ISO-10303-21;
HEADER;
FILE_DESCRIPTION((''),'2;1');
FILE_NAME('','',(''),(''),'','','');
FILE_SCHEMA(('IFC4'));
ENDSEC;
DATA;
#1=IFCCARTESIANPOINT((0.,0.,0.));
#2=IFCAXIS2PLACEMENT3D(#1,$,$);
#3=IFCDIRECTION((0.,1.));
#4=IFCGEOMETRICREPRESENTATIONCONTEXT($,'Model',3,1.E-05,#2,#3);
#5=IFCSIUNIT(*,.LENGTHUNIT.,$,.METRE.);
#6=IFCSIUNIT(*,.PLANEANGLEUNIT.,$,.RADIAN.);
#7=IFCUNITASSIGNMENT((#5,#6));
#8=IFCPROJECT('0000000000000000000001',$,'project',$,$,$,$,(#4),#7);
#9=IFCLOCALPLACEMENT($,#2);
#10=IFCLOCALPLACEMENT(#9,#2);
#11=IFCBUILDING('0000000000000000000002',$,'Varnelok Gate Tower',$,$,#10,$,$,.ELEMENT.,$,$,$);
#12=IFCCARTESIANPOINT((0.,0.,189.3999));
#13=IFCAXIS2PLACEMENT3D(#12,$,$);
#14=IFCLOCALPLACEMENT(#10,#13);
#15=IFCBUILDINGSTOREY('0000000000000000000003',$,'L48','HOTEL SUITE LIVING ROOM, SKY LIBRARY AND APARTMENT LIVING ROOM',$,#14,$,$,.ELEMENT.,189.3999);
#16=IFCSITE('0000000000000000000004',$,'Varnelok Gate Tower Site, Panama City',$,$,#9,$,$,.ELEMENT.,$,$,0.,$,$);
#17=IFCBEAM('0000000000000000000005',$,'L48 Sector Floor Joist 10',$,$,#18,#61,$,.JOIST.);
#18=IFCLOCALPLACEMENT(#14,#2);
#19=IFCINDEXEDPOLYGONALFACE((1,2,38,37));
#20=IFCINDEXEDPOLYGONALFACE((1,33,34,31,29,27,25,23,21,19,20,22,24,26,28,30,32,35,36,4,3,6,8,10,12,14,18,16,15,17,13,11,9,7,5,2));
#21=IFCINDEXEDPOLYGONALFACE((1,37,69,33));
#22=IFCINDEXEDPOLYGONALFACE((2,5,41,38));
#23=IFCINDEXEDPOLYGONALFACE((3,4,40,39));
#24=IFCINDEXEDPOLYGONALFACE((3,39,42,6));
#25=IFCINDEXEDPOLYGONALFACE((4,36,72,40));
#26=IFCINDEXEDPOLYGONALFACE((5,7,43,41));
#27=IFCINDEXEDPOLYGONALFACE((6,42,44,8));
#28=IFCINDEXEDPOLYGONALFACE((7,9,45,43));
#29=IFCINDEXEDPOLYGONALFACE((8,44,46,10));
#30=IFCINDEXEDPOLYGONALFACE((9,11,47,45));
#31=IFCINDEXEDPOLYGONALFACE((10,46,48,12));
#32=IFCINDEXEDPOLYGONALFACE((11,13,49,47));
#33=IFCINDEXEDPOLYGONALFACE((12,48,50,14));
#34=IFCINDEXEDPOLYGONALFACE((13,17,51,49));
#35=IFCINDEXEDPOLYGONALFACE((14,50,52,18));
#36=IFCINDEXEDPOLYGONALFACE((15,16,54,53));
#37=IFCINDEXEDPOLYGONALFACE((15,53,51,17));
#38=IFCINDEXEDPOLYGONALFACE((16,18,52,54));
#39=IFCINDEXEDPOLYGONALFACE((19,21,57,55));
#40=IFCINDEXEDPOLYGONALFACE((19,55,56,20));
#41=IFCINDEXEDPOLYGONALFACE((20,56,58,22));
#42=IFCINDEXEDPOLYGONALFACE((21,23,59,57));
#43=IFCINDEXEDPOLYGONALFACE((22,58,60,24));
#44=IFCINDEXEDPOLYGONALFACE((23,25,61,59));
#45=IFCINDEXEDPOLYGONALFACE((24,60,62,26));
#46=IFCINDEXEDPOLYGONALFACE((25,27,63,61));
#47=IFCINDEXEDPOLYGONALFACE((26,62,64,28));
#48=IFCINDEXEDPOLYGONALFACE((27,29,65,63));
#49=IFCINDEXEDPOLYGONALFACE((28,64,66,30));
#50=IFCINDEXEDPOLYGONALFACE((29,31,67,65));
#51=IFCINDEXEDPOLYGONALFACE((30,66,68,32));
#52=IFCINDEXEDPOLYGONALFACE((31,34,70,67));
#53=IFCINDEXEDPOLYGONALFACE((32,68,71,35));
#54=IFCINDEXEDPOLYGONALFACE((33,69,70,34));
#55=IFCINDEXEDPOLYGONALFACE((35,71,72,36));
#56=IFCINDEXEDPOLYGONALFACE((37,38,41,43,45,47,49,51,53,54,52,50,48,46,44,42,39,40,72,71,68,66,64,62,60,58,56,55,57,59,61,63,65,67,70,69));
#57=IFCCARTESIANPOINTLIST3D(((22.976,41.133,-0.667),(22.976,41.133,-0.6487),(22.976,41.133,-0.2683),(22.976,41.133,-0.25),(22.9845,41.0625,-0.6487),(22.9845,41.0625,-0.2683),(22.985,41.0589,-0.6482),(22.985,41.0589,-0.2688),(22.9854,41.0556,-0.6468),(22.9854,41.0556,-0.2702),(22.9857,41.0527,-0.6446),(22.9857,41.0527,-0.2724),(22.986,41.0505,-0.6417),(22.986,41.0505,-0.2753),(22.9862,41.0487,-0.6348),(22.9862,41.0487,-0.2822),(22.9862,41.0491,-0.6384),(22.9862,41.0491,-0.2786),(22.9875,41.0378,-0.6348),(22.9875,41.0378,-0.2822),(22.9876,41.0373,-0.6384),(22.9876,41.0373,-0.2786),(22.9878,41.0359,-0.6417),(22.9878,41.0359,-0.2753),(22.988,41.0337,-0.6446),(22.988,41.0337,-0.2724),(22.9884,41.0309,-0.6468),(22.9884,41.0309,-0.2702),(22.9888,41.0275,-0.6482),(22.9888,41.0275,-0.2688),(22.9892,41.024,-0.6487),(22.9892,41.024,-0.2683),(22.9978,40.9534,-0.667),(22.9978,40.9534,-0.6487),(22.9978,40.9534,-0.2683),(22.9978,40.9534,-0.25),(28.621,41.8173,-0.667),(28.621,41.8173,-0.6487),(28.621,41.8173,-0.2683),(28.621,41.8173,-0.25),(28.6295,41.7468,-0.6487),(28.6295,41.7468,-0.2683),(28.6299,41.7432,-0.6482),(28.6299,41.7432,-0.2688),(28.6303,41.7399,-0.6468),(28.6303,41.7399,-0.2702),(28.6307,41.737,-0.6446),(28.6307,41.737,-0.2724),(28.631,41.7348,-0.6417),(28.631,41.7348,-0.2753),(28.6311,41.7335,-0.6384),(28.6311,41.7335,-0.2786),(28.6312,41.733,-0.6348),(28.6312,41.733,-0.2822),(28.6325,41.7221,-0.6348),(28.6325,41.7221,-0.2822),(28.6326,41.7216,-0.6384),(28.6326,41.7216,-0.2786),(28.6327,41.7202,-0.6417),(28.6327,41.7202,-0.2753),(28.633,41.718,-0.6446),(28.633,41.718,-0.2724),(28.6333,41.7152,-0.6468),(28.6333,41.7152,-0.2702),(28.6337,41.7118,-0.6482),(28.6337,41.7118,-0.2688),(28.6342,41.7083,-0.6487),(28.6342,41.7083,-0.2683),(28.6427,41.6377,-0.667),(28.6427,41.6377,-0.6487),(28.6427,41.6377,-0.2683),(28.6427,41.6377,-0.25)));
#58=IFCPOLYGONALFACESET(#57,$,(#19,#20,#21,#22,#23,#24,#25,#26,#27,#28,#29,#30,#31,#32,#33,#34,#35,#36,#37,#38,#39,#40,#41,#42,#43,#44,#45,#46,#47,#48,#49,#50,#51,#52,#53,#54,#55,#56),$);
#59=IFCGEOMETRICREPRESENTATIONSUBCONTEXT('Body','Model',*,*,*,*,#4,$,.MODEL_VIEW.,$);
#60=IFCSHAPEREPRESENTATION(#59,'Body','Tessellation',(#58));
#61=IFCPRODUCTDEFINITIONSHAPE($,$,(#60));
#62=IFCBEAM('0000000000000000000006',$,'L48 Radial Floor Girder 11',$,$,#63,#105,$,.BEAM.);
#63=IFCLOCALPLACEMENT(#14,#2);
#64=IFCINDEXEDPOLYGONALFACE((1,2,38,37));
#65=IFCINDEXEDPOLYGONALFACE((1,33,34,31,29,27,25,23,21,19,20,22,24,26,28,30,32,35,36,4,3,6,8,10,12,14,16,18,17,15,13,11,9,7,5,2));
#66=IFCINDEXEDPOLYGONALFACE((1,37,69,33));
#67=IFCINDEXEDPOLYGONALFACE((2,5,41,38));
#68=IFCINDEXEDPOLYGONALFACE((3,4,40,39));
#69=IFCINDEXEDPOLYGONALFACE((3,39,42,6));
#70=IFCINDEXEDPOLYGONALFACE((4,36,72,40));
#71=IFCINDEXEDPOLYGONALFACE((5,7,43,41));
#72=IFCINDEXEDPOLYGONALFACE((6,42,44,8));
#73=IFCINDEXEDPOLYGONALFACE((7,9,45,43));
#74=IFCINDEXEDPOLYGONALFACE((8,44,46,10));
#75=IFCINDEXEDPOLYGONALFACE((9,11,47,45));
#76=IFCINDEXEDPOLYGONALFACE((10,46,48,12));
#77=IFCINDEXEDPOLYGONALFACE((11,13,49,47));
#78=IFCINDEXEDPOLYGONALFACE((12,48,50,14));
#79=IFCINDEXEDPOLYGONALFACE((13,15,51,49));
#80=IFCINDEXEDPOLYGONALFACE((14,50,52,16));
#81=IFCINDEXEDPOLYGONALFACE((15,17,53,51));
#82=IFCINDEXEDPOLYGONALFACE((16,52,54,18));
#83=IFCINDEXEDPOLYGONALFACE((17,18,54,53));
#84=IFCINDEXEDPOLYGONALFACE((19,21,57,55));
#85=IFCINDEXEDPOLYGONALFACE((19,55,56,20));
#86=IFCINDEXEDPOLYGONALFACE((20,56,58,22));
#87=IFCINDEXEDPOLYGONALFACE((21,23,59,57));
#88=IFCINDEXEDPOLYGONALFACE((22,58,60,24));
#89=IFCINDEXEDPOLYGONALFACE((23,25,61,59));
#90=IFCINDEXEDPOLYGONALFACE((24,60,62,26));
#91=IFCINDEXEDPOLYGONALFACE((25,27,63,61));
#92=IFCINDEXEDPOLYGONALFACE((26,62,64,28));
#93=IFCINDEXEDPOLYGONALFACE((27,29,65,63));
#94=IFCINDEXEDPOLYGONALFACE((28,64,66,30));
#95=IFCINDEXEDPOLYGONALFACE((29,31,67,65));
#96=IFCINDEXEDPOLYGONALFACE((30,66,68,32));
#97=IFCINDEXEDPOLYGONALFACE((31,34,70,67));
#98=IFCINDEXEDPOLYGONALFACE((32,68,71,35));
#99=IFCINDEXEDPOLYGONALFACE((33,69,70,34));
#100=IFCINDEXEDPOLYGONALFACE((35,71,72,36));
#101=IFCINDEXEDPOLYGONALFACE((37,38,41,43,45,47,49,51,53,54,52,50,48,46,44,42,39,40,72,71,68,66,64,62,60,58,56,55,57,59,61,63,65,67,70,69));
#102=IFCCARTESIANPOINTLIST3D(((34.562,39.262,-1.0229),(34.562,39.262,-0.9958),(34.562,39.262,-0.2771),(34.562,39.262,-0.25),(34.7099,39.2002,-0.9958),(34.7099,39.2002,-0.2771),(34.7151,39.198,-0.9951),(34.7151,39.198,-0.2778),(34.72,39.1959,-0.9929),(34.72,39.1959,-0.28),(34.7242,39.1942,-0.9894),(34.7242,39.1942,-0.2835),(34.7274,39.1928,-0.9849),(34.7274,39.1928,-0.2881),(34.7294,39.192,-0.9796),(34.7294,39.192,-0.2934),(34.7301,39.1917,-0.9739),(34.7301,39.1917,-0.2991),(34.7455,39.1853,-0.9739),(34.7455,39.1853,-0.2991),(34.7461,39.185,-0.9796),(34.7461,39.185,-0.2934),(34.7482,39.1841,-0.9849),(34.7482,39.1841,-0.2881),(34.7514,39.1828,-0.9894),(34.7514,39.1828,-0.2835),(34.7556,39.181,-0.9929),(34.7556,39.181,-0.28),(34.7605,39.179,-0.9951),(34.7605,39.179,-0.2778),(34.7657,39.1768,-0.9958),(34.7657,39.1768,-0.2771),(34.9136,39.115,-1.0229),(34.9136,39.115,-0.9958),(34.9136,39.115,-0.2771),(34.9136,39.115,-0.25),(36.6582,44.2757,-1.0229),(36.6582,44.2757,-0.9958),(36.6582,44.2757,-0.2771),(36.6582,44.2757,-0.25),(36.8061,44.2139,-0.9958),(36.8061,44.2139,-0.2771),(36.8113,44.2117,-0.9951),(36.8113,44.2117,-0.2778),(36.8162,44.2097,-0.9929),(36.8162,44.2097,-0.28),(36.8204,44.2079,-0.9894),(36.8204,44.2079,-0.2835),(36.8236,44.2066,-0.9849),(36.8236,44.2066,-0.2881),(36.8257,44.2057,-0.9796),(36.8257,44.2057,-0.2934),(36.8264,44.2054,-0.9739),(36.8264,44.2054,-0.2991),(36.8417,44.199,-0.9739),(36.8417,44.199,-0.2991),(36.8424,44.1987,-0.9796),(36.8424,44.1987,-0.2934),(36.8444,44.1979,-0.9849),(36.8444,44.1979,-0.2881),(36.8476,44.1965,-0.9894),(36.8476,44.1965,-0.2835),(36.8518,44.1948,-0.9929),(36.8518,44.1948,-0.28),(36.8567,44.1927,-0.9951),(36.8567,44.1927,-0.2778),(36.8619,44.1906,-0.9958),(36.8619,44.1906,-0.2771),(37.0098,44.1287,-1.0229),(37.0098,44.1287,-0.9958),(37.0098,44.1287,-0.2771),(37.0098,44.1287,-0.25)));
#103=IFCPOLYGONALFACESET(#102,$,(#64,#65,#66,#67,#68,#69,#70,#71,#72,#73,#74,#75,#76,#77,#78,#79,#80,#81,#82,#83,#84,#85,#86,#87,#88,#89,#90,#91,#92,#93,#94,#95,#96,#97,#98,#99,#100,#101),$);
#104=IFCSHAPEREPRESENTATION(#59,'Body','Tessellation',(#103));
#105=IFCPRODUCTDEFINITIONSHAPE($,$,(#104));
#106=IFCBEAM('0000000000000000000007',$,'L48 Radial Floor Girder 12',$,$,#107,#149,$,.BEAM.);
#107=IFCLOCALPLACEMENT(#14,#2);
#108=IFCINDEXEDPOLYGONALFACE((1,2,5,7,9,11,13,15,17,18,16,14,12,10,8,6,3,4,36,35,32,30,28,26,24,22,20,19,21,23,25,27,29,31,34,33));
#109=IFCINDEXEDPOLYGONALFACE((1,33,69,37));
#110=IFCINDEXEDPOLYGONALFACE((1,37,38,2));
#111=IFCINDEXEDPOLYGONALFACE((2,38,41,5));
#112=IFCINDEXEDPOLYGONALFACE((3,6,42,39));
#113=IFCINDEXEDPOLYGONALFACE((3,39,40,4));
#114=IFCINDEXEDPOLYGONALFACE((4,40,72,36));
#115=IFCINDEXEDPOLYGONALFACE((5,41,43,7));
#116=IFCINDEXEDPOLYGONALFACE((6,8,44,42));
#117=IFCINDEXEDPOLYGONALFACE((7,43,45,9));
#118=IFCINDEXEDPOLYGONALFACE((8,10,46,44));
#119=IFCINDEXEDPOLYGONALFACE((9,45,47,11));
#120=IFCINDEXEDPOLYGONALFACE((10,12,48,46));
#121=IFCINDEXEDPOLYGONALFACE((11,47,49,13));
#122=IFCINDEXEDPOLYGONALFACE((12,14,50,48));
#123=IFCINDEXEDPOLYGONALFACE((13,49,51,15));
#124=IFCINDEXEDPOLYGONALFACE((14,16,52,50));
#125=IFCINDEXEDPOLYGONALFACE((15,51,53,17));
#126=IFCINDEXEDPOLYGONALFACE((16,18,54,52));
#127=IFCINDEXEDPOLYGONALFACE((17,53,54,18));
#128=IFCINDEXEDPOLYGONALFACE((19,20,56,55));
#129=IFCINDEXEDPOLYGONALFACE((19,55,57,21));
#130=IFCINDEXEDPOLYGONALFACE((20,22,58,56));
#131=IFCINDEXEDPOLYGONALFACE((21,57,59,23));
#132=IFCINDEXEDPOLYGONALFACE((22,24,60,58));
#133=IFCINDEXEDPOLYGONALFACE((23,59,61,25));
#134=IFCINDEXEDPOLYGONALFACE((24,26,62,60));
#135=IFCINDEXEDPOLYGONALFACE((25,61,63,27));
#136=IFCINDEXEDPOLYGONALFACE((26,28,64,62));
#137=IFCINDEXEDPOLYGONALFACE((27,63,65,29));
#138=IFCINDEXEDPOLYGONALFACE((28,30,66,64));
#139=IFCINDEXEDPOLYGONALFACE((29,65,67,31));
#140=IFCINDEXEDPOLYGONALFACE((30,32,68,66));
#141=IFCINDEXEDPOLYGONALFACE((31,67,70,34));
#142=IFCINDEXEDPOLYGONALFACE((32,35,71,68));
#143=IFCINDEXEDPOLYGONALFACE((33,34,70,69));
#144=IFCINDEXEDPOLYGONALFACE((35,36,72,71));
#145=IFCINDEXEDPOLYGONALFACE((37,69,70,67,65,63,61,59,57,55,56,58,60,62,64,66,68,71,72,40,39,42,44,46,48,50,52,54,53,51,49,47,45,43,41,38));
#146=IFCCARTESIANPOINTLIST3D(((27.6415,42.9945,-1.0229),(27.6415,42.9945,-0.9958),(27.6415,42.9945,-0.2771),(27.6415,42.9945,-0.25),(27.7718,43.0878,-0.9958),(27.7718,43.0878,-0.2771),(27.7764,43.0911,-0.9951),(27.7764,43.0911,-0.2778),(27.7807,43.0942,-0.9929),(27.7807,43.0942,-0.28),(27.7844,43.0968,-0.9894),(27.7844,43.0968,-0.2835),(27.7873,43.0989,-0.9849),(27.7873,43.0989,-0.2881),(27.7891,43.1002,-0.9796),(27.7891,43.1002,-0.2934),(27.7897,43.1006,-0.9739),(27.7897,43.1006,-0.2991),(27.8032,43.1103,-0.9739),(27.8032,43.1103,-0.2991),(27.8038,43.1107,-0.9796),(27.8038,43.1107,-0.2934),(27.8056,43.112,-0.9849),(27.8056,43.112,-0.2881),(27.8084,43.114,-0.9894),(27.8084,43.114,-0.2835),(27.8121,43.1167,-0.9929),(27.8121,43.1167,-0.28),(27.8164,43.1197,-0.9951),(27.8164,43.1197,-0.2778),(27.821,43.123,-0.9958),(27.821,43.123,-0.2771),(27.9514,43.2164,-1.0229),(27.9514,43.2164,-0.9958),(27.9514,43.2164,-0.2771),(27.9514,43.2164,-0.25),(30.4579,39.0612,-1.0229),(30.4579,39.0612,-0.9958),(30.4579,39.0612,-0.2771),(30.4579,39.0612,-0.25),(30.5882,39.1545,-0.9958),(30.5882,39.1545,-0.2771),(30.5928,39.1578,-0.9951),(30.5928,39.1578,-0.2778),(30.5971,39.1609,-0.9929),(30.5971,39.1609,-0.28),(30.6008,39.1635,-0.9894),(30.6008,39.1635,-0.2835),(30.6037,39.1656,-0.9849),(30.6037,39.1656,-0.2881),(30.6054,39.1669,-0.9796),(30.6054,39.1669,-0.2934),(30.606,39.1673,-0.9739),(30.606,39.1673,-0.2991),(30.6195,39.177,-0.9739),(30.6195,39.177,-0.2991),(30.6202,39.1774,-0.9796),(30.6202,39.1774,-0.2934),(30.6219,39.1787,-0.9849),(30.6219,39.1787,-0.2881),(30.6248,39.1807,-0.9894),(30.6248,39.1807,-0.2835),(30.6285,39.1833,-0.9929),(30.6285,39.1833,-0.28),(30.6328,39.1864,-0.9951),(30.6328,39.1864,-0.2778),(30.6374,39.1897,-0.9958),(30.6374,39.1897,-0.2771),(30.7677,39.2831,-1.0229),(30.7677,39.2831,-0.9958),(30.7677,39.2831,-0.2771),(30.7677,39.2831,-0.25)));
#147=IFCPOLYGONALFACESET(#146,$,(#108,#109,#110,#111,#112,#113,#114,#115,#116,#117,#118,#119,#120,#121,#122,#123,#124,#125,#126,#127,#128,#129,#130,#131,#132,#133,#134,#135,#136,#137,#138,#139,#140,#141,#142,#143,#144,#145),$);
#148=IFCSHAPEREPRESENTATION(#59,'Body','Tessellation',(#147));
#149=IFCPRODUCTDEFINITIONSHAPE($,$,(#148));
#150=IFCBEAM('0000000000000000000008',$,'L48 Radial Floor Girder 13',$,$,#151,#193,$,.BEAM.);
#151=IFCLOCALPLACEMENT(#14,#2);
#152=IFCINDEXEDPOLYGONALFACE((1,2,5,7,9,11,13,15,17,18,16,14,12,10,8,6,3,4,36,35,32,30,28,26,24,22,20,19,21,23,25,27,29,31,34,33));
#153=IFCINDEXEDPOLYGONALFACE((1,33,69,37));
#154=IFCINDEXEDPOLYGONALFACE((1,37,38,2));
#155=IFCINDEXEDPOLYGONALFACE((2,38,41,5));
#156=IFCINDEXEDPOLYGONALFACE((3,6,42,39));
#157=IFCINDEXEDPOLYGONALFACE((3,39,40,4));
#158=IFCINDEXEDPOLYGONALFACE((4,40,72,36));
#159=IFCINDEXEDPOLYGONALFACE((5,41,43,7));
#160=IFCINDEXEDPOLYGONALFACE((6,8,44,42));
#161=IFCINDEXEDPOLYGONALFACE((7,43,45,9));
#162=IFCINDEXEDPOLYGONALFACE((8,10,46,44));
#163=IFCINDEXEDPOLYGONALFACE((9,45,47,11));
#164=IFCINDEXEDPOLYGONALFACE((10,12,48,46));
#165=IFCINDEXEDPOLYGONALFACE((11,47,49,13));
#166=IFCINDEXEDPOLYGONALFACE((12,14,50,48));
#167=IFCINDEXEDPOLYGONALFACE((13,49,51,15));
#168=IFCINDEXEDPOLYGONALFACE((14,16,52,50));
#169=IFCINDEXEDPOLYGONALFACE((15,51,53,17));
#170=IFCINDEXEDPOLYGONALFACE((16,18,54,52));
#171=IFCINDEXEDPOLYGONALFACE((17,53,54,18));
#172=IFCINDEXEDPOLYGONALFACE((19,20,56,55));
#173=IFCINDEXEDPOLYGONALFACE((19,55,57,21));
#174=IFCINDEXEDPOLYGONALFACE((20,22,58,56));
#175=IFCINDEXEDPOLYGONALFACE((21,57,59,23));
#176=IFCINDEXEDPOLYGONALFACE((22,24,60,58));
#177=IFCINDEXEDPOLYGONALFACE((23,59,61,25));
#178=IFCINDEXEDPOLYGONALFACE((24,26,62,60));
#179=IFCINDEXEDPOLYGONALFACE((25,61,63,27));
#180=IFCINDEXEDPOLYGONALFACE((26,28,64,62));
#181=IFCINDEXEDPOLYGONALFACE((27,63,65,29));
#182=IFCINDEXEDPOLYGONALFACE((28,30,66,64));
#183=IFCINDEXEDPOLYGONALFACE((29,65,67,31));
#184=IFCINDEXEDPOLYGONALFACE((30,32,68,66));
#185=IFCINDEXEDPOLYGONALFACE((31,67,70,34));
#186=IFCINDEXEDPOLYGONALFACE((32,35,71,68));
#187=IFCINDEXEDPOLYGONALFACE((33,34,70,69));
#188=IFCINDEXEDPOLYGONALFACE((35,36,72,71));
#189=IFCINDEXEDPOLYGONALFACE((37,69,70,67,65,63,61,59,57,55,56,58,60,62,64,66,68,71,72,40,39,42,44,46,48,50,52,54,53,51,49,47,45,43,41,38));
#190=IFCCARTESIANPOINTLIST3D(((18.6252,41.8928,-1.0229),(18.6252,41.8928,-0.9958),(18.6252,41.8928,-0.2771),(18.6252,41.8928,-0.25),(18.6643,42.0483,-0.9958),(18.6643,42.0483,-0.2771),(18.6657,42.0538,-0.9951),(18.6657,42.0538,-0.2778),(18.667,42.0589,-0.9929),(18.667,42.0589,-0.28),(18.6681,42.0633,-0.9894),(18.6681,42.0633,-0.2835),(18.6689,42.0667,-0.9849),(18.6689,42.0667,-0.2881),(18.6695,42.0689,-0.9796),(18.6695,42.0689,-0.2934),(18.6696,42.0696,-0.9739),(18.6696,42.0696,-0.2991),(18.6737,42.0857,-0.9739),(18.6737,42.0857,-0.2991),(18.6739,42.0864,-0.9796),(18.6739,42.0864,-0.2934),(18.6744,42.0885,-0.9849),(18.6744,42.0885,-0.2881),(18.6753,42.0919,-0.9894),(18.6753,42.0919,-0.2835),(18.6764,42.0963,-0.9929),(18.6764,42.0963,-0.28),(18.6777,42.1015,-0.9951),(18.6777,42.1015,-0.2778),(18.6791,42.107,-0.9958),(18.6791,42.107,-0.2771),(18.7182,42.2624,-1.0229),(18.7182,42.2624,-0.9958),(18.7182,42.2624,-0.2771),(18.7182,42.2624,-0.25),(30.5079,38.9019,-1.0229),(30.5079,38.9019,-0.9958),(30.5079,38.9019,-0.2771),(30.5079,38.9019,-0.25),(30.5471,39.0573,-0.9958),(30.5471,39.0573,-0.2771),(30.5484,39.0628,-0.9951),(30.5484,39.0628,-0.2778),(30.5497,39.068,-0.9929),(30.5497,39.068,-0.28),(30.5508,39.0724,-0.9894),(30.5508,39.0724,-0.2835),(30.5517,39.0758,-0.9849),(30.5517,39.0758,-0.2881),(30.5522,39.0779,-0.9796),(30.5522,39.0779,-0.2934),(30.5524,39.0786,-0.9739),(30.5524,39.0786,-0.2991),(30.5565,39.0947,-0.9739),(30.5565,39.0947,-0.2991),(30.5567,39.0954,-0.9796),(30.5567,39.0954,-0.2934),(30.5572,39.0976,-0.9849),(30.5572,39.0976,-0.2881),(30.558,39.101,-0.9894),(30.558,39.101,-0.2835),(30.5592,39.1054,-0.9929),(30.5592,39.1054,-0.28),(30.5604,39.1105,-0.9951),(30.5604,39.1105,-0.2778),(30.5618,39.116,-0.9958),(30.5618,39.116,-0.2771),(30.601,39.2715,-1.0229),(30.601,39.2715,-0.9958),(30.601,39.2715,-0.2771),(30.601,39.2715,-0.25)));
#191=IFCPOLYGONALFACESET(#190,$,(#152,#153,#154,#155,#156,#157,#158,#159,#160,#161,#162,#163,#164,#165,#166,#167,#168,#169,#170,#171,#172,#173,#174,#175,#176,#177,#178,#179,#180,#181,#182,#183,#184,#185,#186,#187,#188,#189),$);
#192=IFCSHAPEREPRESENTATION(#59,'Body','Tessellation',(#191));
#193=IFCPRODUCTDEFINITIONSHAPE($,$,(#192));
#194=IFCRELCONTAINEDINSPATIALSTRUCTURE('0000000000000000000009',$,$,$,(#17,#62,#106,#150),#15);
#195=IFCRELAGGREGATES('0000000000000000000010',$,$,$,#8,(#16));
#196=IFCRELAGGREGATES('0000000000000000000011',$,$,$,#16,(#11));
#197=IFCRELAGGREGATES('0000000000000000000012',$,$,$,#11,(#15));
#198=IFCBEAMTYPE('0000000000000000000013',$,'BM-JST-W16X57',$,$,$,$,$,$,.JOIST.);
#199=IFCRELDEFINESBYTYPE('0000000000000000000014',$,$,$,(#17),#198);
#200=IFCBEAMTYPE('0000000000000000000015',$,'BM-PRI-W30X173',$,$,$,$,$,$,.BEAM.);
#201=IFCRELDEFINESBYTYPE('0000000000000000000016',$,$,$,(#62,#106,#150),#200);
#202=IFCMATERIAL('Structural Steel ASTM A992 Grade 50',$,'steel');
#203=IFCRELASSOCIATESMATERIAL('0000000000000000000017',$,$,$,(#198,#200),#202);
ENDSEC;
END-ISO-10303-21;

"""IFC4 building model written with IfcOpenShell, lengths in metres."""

from ifc_helpers import new_model, si_unit, direction, frame, origin, origin_2d, place, context, subcontext, project, spatial, i_section, extrude, material, material_profile, profile_set, type_object, element, save


model = new_model("IFC4")

# Units and contexts
model_context = context("Model", 3, precision=1e-05, world=origin(), true_north=direction((0.0, 1.0)))
body_context = subcontext(model_context, "Body", "Model", "MODEL_VIEW")
ifc_project = project(units=[si_unit("LENGTHUNIT", "METRE"), si_unit("PLANEANGLEUNIT", "RADIAN")], contexts=[model_context])

# Site, building, storey
site_placement = place(None, origin())
site = spatial("IfcSite", under=ifc_project, at=site_placement, Name="Varnelok Gate Tower Site, Panama City", CompositionType="ELEMENT", RefElevation=0.0)
building_placement = place(site_placement, origin())
building = spatial("IfcBuilding", under=site, at=building_placement, Name="Varnelok Gate Tower", CompositionType="ELEMENT")
storey_placement = place(building_placement, frame((0.0, 0.0, 189.3999)))
storey = spatial("IfcBuildingStorey", under=building, at=storey_placement, Name="L48", Description="HOTEL SUITE LIVING ROOM, SKY LIBRARY AND APARTMENT LIVING ROOM", CompositionType="ELEMENT", Elevation=189.3999)

# Shared definitions
ifc_material_1 = material(Name="Structural Steel ASTM A992 Grade 50", Category="steel")

# Beams
ifc_material_profile_1 = material_profile(ifc_material_1, i_section(OverallWidth=0.1809, OverallDepth=0.417, WebThickness=0.011, FlangeThickness=0.0183, FilletRadius=0.0139, at=origin_2d()), Name="W16X57")
ifc_profile_set_1 = profile_set([ifc_material_profile_1], Name="Structural Steel ASTM A992 Grade 50")
beam_type_1 = type_object("IfcBeamType", Name="BM-JST-W16X57", PredefinedType="JOIST", material=ifc_profile_set_1)
beam_1_placement = place(storey_placement, frame((28.6318, 41.7275, -0.4585), z_axis=(-0.992732, -0.120345, 0.0), x_axis=(0.120345, -0.992732, 0.0)))
element("IfcBeam", 1, at=beam_1_placement, inside=storey, type_object=beam_type_1, Name="L48 Sector Floor Joist 10", PredefinedType="JOIST", context=body_context, shape_type="SweptSolid", body=[
    extrude(i_section(OverallWidth=0.1809, OverallDepth=0.417, WebThickness=0.011, FlangeThickness=0.0183, FilletRadius=0.0139, at=origin_2d()), origin(), (0.0, 0.0, 1.0), 5.6863),
])
ifc_material_profile_2 = material_profile(ifc_material_1, i_section(OverallWidth=0.3811, OverallDepth=0.7729, WebThickness=0.0166, FlangeThickness=0.0271, FilletRadius=0.022, at=origin_2d()), Name="W30X173")
ifc_profile_set_2 = profile_set([ifc_material_profile_2], Name="Structural Steel ASTM A992 Grade 50")
beam_type_2 = type_object("IfcBeamType", Name="BM-PRI-W30X173", PredefinedType="BEAM", material=ifc_profile_set_2)
beam_2_placement = place(storey_placement, frame((34.7378, 39.1885, -0.6365), z_axis=(0.385738, 0.922608, 0.0), x_axis=(-0.922608, 0.385738, 0.0)))
element("IfcBeam", 2, at=beam_2_placement, inside=storey, type_object=beam_type_2, Name="L48 Radial Floor Girder 11", PredefinedType="BEAM", context=body_context, shape_type="SweptSolid", body=[
    extrude(i_section(OverallWidth=0.3811, OverallDepth=0.7729, WebThickness=0.0166, FlangeThickness=0.0271, FilletRadius=0.022, at=origin_2d()), origin(), (0.0, 0.0, 1.0), 5.4343),
])
beam_3_placement = place(storey_placement, frame((30.6128, 39.1721, -0.6365), z_axis=(-0.582178, 0.813061, 0.0), x_axis=(-0.813061, -0.582178, 0.0)))
element("IfcBeam", 3, at=beam_3_placement, inside=storey, type_object=beam_type_2, Name="L48 Radial Floor Girder 12", PredefinedType="BEAM", context=body_context, shape_type="SweptSolid", body=[
    extrude(i_section(OverallWidth=0.3811, OverallDepth=0.7729, WebThickness=0.0166, FlangeThickness=0.0271, FilletRadius=0.022, at=origin_2d()), origin(), (0.0, 0.0, 1.0), 4.8376),
])
beam_4_placement = place(storey_placement, frame((30.5544, 39.0867, -0.6365), z_axis=(-0.969752, 0.244092, 0.0), x_axis=(-0.244092, -0.969752, 0.0)))
element("IfcBeam", 4, at=beam_4_placement, inside=storey, type_object=beam_type_2, Name="L48 Radial Floor Girder 13", PredefinedType="BEAM", context=body_context, shape_type="SweptSolid", body=[
    extrude(i_section(OverallWidth=0.3811, OverallDepth=0.7729, WebThickness=0.0166, FlangeThickness=0.0271, FilletRadius=0.022, at=origin_2d()), origin(), (0.0, 0.0, 1.0), 12.2534),
])

save(model, "model.ifc")
